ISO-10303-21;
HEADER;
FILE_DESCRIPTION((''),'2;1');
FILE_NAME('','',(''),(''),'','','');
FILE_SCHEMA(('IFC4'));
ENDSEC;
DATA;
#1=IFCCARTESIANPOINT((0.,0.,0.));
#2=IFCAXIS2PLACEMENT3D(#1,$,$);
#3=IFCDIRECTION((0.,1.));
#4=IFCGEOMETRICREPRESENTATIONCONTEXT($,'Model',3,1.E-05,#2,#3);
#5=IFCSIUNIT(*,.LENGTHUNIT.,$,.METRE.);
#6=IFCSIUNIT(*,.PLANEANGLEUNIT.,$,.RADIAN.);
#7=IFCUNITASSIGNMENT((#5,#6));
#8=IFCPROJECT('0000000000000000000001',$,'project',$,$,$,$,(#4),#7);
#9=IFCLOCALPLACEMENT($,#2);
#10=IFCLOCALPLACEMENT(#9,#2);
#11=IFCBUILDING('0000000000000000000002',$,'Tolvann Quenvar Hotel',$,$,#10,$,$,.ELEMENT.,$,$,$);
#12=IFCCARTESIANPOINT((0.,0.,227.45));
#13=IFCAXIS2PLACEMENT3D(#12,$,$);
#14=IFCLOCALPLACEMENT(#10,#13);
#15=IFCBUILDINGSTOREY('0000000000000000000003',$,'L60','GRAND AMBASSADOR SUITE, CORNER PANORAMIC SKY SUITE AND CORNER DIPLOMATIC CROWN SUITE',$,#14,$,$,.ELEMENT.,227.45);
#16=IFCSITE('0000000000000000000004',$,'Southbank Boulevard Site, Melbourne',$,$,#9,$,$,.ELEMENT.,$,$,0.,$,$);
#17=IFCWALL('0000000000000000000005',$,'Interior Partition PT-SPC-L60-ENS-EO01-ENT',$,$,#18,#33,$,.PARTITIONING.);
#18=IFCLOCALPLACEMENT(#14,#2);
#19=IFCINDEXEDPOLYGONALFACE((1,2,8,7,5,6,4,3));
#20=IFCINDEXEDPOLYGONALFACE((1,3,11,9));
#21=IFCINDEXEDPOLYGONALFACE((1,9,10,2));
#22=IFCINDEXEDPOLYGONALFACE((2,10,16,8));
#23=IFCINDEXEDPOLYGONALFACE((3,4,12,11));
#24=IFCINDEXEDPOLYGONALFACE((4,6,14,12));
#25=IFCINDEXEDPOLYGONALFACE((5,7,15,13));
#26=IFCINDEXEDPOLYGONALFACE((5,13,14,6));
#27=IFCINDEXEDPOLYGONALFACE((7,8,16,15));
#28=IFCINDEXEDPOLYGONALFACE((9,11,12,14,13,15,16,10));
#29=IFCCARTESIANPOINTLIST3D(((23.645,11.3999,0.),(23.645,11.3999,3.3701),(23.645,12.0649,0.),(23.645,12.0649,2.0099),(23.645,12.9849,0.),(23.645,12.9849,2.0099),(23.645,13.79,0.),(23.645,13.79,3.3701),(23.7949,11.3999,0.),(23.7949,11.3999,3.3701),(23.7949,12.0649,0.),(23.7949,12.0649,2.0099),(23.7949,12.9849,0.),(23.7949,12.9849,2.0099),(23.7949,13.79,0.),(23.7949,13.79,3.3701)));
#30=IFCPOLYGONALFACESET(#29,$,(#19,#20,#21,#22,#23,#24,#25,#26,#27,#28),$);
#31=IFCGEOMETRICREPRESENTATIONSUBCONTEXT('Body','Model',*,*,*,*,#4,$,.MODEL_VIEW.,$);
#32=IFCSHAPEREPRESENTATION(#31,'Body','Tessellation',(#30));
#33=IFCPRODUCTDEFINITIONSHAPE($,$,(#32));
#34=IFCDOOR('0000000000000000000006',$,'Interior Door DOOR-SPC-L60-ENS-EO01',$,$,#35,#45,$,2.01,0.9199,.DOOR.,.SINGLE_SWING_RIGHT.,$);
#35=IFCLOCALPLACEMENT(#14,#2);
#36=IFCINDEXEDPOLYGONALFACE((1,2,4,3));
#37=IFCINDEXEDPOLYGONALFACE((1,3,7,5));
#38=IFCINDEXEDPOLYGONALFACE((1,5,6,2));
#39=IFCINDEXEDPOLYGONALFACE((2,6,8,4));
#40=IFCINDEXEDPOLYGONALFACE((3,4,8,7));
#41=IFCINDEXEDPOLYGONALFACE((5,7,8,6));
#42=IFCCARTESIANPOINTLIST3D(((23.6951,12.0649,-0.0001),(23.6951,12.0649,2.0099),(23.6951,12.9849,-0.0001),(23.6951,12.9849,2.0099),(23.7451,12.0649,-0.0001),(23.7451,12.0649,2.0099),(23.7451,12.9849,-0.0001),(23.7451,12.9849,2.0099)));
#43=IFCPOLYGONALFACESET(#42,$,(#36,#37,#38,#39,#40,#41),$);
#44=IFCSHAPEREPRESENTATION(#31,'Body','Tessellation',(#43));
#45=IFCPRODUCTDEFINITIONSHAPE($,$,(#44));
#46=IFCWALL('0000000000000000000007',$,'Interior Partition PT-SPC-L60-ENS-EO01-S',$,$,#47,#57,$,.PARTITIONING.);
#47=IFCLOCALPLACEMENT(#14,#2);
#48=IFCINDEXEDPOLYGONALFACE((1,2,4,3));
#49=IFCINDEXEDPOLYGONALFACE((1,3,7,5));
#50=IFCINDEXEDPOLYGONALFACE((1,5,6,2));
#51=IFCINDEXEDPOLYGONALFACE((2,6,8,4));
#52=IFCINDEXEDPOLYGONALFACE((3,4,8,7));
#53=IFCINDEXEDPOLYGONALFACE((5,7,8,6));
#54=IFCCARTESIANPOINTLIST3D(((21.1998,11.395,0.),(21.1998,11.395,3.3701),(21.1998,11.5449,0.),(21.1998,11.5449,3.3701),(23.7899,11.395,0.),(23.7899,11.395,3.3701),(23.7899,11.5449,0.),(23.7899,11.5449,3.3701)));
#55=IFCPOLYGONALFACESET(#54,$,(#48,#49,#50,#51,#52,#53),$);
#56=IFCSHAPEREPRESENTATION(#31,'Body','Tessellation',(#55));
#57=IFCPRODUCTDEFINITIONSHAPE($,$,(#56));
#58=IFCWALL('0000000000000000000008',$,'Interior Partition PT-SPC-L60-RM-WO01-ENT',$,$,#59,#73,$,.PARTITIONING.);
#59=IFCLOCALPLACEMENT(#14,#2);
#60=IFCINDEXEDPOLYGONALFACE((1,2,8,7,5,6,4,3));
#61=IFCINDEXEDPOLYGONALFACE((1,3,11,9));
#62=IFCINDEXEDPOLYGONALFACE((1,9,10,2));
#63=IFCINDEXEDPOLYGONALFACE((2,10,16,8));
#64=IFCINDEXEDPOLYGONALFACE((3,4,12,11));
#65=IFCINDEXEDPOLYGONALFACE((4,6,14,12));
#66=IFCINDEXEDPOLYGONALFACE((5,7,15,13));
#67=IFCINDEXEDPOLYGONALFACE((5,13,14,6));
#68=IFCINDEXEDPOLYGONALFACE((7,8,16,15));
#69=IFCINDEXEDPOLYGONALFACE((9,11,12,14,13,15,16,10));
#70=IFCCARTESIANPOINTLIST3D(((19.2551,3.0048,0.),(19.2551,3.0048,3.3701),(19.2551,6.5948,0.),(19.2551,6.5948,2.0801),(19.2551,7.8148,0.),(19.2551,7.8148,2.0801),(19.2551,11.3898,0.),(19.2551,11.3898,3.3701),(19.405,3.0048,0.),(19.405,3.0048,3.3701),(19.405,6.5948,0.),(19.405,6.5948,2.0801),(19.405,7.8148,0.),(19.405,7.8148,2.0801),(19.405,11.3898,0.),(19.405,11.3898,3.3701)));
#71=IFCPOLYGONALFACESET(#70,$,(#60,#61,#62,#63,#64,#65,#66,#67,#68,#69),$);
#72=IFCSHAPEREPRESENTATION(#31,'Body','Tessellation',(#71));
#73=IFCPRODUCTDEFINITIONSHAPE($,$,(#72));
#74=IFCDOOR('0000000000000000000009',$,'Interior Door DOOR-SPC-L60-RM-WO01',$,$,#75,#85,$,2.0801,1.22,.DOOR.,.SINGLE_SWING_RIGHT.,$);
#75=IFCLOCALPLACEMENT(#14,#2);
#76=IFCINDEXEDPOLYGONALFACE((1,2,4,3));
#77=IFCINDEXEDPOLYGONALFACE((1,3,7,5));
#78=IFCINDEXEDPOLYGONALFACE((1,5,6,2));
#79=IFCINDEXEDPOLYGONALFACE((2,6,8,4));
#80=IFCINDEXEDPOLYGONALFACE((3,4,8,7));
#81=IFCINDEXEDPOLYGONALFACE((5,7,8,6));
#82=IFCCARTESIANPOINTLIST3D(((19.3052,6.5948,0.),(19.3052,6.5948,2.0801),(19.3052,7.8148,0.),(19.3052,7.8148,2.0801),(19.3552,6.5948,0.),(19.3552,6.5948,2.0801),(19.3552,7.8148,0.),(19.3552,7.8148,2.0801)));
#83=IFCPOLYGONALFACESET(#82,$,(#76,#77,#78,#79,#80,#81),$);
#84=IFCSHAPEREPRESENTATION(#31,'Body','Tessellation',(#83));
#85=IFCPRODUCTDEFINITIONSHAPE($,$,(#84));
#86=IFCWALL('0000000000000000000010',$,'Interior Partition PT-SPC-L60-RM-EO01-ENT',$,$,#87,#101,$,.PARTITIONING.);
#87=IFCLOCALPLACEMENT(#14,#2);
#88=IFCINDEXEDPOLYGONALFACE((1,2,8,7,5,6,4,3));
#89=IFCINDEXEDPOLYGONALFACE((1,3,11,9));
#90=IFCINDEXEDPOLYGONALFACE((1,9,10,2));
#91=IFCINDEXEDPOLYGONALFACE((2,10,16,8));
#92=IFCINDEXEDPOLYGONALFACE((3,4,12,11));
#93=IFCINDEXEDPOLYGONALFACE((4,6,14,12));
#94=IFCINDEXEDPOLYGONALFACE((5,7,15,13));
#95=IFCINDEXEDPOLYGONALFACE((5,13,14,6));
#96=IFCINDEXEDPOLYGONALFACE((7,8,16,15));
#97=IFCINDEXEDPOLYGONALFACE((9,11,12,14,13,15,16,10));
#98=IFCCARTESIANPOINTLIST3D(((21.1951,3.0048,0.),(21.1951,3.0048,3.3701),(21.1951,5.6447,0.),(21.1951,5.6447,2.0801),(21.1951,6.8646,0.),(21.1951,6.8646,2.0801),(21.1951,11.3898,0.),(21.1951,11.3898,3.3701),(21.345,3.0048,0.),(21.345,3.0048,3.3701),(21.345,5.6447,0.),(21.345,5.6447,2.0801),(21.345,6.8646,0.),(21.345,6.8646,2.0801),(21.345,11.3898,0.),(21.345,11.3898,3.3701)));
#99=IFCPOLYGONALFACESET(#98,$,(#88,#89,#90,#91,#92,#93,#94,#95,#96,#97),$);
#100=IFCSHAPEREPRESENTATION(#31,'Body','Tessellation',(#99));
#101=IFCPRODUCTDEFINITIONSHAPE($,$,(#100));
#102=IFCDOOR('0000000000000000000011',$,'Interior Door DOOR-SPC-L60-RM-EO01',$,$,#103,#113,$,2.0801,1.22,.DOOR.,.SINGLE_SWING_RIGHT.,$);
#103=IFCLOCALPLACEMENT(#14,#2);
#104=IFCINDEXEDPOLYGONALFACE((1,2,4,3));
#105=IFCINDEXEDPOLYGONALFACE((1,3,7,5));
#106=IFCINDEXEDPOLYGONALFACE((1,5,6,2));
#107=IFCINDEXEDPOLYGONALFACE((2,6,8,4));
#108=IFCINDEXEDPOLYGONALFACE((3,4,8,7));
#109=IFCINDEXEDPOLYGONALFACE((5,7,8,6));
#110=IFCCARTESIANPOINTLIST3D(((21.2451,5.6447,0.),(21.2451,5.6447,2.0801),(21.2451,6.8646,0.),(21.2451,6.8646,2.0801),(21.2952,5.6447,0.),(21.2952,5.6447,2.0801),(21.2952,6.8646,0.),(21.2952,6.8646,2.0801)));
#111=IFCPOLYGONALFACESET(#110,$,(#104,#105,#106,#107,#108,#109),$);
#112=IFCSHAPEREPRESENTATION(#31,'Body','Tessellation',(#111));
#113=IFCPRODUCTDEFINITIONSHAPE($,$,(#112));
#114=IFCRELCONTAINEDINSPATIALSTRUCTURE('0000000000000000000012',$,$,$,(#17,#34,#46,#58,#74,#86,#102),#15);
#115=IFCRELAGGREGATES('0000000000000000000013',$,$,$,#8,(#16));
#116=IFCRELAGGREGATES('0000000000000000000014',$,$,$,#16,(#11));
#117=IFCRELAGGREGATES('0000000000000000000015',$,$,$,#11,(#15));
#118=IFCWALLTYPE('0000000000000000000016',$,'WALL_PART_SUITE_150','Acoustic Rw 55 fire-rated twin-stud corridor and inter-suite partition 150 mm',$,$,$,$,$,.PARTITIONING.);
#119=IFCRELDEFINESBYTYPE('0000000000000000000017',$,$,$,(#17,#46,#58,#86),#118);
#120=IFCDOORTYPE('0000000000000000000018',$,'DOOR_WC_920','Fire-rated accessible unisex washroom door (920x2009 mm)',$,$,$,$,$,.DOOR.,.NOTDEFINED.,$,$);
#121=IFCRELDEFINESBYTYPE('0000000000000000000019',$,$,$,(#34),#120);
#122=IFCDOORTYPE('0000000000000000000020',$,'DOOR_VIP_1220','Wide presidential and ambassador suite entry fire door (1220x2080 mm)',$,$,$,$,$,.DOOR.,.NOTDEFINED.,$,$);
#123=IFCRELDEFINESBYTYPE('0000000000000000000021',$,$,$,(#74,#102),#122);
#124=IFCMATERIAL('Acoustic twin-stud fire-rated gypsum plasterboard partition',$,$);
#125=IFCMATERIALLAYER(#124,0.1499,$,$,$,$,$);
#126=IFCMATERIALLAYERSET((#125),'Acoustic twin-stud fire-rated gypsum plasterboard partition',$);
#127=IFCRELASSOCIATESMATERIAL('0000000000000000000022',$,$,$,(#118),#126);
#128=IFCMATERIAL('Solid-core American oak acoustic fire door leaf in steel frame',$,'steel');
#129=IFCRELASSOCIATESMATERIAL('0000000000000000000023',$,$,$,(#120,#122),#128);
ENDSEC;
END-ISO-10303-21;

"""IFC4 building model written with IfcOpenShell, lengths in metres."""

from ifc_helpers import new_model, si_unit, direction, frame, frame_2d, origin, place, context, subcontext, project, spatial, rectangle, extrude, source, transform, mapped, material, layer, layer_set, type_object, type_shapes, element, fill, save


model = new_model("IFC4")

# Units and contexts
model_context = context("Model", 3, precision=1e-05, world=origin(), true_north=direction((0.0, 1.0)))
body_context = subcontext(model_context, "Body", "Model", "MODEL_VIEW")
ifc_project = project(units=[si_unit("LENGTHUNIT", "METRE"), si_unit("PLANEANGLEUNIT", "RADIAN")], contexts=[model_context])

# Site, building, storey
site_placement = place(None, origin())
site = spatial("IfcSite", under=ifc_project, at=site_placement, Name="Southbank Boulevard Site, Melbourne", CompositionType="ELEMENT", RefElevation=0.0)
building_placement = place(site_placement, origin())
building = spatial("IfcBuilding", under=site, at=building_placement, Name="Tolvann Quenvar Hotel", CompositionType="ELEMENT")
storey_placement = place(building_placement, frame((0.0, 0.0, 227.45)))
storey = spatial("IfcBuildingStorey", under=building, at=storey_placement, Name="L60", Description="GRAND AMBASSADOR SUITE, CORNER PANORAMIC SKY SUITE AND CORNER DIPLOMATIC CROWN SUITE", CompositionType="ELEMENT", Elevation=227.45)

# Shared definitions
ifc_material_1 = material(Name="Acoustic twin-stud fire-rated gypsum plasterboard partition")
ifc_layer_1 = layer(ifc_material_1, 0.1499)
ifc_layer_set_1 = layer_set([ifc_layer_1], Name="Acoustic twin-stud fire-rated gypsum plasterboard partition")
wall_type_1 = type_object("IfcWallType", Name="WALL_PART_SUITE_150", Description="Acoustic Rw 55 fire-rated twin-stud corridor and inter-suite partition 150 mm", PredefinedType="PARTITIONING", material=ifc_layer_set_1)
ifc_material_2 = material(Name="Solid-core American oak acoustic fire door leaf in steel frame", Category="steel")
door_type_1 = type_object("IfcDoorType", Name="DOOR_WC_920", Description="Fire-rated accessible unisex washroom door (920x2009 mm)", OperationType="NOTDEFINED", PredefinedType="DOOR", material=ifc_material_2)
shared_shape_1 = source(origin(), body_context, "Body", "SweptSolid", [
    extrude(rectangle(XDim=0.9199, YDim=2.01, at=frame_2d((0.46, 1.0049))), frame((0.0, 0.0249, 0.0), z_axis=(0.0, -1.0, 0.0), x_axis=(1.0, 0.0, 0.0)), (0.0, 0.0, 1.0), 0.05),
])
type_shapes(door_type_1, [shared_shape_1])

# Wall, opening, door
wall_1_placement = place(storey_placement, frame((23.72, 11.3999, 0.0), z_axis=(0.0, 0.0, 1.0), x_axis=(0.0, 1.0, 0.0)))
wall_1 = element("IfcWall", 1, at=wall_1_placement, inside=storey, type_object=wall_type_1, Name="Interior Partition PT-SPC-L60-ENS-EO01-ENT", PredefinedType="PARTITIONING", context=body_context, shape_type="SweptSolid", body=[
    extrude(rectangle(XDim=2.3901, YDim=0.1499, at=frame_2d((1.1951, 0.0))), origin(), (0.0, 0.0, 1.0), 3.3701),
])
opening_1_placement = place(wall_1_placement, frame((0.665, 0.0, 0.0)))
opening_1 = element("IfcOpeningElement", 2, at=opening_1_placement, cuts=wall_1, PredefinedType="OPENING", context=body_context, shape_type="SweptSolid", body=[
    extrude(rectangle(XDim=0.9199, YDim=2.01, at=frame_2d((0.46, 1.0049))), frame((0.0, 0.085, 0.0), z_axis=(0.0, -1.0, 0.0), x_axis=(1.0, 0.0, 0.0)), (0.0, 0.0, 1.0), 0.1699),
])
door_1_placement = place(opening_1_placement, origin())
door_1 = element("IfcDoor", 3, at=door_1_placement, inside=storey, type_object=door_type_1, Name="Interior Door DOOR-SPC-L60-ENS-EO01", OperationType="SINGLE_SWING_RIGHT", OverallHeight=2.01, OverallWidth=0.9199, PredefinedType="DOOR", context=body_context, shape_type="MappedRepresentation", body=[
    mapped(shared_shape_1, transform((0.0, 0.0, 0.0), x_axis=(1.0, 0.0, 0.0), y_axis=(0.0, 1.0, 0.0), z_axis=(0.0, 0.0, 1.0), scale=1.0)),
])
fill(opening_1, door_1)

# Wall
wall_2_placement = place(storey_placement, frame((21.2, 11.47, 0.0), z_axis=(0.0, 0.0, 1.0), x_axis=(1.0, 0.0, 0.0)))
element("IfcWall", 4, at=wall_2_placement, inside=storey, type_object=wall_type_1, Name="Interior Partition PT-SPC-L60-ENS-EO01-S", PredefinedType="PARTITIONING", context=body_context, shape_type="SweptSolid", body=[
    extrude(rectangle(XDim=2.5901, YDim=0.1499, at=frame_2d((1.2949, 0.0))), origin(), (0.0, 0.0, 1.0), 3.3701),
])

# Walls, openings, doors
wall_3_placement = place(storey_placement, frame((19.3301, 3.0049, 0.0), z_axis=(0.0, 0.0, 1.0), x_axis=(0.0, 1.0, 0.0)))
wall_3 = element("IfcWall", 5, at=wall_3_placement, inside=storey, type_object=wall_type_1, Name="Interior Partition PT-SPC-L60-RM-WO01-ENT", PredefinedType="PARTITIONING", context=body_context, shape_type="SweptSolid", body=[
    extrude(rectangle(XDim=8.385, YDim=0.1499, at=frame_2d((4.1924, 0.0))), origin(), (0.0, 0.0, 1.0), 3.3701),
])
opening_2_placement = place(wall_3_placement, frame((3.5901, 0.0, 0.0)))
opening_2 = element("IfcOpeningElement", 6, at=opening_2_placement, cuts=wall_3, PredefinedType="OPENING", context=body_context, shape_type="SweptSolid", body=[
    extrude(rectangle(XDim=1.22, YDim=2.0801, at=frame_2d((0.6099, 1.04))), frame((0.0, 0.085, 0.0), z_axis=(0.0, -1.0, 0.0), x_axis=(1.0, 0.0, 0.0)), (0.0, 0.0, 1.0), 0.1699),
])
door_type_2 = type_object("IfcDoorType", Name="DOOR_VIP_1220", Description="Wide presidential and ambassador suite entry fire door (1220x2080 mm)", OperationType="NOTDEFINED", PredefinedType="DOOR", material=ifc_material_2)
shared_shape_2 = source(origin(), body_context, "Body", "SweptSolid", [
    extrude(rectangle(XDim=1.22, YDim=2.0801, at=frame_2d((0.6099, 1.04))), frame((0.0, 0.0249, 0.0), z_axis=(0.0, -1.0, 0.0), x_axis=(1.0, 0.0, 0.0)), (0.0, 0.0, 1.0), 0.05),
])
type_shapes(door_type_2, [shared_shape_2])
door_2_placement = place(opening_2_placement, origin())
door_2 = element("IfcDoor", 7, at=door_2_placement, inside=storey, type_object=door_type_2, Name="Interior Door DOOR-SPC-L60-RM-WO01", OperationType="SINGLE_SWING_RIGHT", OverallHeight=2.0801, OverallWidth=1.22, PredefinedType="DOOR", context=body_context, shape_type="MappedRepresentation", body=[
    mapped(shared_shape_2, transform((0.0, 0.0, 0.0), x_axis=(1.0, 0.0, 0.0), y_axis=(0.0, 1.0, 0.0), z_axis=(0.0, 0.0, 1.0), scale=1.0)),
])
fill(opening_2, door_2)
wall_4_placement = place(storey_placement, frame((21.27, 3.0049, 0.0), z_axis=(0.0, 0.0, 1.0), x_axis=(0.0, 1.0, 0.0)))
wall_4 = element("IfcWall", 8, at=wall_4_placement, inside=storey, type_object=wall_type_1, Name="Interior Partition PT-SPC-L60-RM-EO01-ENT", PredefinedType="PARTITIONING", context=body_context, shape_type="SweptSolid", body=[
    extrude(rectangle(XDim=8.385, YDim=0.1499, at=frame_2d((4.1924, 0.0))), origin(), (0.0, 0.0, 1.0), 3.3701),
])
opening_3_placement = place(wall_4_placement, frame((2.6399, 0.0, 0.0)))
opening_3 = element("IfcOpeningElement", 9, at=opening_3_placement, cuts=wall_4, PredefinedType="OPENING", context=body_context, shape_type="SweptSolid", body=[
    extrude(rectangle(XDim=1.22, YDim=2.0801, at=frame_2d((0.6099, 1.04))), frame((0.0, 0.085, 0.0), z_axis=(0.0, -1.0, 0.0), x_axis=(1.0, 0.0, 0.0)), (0.0, 0.0, 1.0), 0.1699),
])
door_3_placement = place(opening_3_placement, origin())
door_3 = element("IfcDoor", 10, at=door_3_placement, inside=storey, type_object=door_type_2, Name="Interior Door DOOR-SPC-L60-RM-EO01", OperationType="SINGLE_SWING_RIGHT", OverallHeight=2.0801, OverallWidth=1.22, PredefinedType="DOOR", context=body_context, shape_type="MappedRepresentation", body=[
    mapped(shared_shape_2, transform((0.0, 0.0, 0.0), x_axis=(1.0, 0.0, 0.0), y_axis=(0.0, 1.0, 0.0), z_axis=(0.0, 0.0, 1.0), scale=1.0)),
])
fill(opening_3, door_3)

save(model, "model.ifc")
